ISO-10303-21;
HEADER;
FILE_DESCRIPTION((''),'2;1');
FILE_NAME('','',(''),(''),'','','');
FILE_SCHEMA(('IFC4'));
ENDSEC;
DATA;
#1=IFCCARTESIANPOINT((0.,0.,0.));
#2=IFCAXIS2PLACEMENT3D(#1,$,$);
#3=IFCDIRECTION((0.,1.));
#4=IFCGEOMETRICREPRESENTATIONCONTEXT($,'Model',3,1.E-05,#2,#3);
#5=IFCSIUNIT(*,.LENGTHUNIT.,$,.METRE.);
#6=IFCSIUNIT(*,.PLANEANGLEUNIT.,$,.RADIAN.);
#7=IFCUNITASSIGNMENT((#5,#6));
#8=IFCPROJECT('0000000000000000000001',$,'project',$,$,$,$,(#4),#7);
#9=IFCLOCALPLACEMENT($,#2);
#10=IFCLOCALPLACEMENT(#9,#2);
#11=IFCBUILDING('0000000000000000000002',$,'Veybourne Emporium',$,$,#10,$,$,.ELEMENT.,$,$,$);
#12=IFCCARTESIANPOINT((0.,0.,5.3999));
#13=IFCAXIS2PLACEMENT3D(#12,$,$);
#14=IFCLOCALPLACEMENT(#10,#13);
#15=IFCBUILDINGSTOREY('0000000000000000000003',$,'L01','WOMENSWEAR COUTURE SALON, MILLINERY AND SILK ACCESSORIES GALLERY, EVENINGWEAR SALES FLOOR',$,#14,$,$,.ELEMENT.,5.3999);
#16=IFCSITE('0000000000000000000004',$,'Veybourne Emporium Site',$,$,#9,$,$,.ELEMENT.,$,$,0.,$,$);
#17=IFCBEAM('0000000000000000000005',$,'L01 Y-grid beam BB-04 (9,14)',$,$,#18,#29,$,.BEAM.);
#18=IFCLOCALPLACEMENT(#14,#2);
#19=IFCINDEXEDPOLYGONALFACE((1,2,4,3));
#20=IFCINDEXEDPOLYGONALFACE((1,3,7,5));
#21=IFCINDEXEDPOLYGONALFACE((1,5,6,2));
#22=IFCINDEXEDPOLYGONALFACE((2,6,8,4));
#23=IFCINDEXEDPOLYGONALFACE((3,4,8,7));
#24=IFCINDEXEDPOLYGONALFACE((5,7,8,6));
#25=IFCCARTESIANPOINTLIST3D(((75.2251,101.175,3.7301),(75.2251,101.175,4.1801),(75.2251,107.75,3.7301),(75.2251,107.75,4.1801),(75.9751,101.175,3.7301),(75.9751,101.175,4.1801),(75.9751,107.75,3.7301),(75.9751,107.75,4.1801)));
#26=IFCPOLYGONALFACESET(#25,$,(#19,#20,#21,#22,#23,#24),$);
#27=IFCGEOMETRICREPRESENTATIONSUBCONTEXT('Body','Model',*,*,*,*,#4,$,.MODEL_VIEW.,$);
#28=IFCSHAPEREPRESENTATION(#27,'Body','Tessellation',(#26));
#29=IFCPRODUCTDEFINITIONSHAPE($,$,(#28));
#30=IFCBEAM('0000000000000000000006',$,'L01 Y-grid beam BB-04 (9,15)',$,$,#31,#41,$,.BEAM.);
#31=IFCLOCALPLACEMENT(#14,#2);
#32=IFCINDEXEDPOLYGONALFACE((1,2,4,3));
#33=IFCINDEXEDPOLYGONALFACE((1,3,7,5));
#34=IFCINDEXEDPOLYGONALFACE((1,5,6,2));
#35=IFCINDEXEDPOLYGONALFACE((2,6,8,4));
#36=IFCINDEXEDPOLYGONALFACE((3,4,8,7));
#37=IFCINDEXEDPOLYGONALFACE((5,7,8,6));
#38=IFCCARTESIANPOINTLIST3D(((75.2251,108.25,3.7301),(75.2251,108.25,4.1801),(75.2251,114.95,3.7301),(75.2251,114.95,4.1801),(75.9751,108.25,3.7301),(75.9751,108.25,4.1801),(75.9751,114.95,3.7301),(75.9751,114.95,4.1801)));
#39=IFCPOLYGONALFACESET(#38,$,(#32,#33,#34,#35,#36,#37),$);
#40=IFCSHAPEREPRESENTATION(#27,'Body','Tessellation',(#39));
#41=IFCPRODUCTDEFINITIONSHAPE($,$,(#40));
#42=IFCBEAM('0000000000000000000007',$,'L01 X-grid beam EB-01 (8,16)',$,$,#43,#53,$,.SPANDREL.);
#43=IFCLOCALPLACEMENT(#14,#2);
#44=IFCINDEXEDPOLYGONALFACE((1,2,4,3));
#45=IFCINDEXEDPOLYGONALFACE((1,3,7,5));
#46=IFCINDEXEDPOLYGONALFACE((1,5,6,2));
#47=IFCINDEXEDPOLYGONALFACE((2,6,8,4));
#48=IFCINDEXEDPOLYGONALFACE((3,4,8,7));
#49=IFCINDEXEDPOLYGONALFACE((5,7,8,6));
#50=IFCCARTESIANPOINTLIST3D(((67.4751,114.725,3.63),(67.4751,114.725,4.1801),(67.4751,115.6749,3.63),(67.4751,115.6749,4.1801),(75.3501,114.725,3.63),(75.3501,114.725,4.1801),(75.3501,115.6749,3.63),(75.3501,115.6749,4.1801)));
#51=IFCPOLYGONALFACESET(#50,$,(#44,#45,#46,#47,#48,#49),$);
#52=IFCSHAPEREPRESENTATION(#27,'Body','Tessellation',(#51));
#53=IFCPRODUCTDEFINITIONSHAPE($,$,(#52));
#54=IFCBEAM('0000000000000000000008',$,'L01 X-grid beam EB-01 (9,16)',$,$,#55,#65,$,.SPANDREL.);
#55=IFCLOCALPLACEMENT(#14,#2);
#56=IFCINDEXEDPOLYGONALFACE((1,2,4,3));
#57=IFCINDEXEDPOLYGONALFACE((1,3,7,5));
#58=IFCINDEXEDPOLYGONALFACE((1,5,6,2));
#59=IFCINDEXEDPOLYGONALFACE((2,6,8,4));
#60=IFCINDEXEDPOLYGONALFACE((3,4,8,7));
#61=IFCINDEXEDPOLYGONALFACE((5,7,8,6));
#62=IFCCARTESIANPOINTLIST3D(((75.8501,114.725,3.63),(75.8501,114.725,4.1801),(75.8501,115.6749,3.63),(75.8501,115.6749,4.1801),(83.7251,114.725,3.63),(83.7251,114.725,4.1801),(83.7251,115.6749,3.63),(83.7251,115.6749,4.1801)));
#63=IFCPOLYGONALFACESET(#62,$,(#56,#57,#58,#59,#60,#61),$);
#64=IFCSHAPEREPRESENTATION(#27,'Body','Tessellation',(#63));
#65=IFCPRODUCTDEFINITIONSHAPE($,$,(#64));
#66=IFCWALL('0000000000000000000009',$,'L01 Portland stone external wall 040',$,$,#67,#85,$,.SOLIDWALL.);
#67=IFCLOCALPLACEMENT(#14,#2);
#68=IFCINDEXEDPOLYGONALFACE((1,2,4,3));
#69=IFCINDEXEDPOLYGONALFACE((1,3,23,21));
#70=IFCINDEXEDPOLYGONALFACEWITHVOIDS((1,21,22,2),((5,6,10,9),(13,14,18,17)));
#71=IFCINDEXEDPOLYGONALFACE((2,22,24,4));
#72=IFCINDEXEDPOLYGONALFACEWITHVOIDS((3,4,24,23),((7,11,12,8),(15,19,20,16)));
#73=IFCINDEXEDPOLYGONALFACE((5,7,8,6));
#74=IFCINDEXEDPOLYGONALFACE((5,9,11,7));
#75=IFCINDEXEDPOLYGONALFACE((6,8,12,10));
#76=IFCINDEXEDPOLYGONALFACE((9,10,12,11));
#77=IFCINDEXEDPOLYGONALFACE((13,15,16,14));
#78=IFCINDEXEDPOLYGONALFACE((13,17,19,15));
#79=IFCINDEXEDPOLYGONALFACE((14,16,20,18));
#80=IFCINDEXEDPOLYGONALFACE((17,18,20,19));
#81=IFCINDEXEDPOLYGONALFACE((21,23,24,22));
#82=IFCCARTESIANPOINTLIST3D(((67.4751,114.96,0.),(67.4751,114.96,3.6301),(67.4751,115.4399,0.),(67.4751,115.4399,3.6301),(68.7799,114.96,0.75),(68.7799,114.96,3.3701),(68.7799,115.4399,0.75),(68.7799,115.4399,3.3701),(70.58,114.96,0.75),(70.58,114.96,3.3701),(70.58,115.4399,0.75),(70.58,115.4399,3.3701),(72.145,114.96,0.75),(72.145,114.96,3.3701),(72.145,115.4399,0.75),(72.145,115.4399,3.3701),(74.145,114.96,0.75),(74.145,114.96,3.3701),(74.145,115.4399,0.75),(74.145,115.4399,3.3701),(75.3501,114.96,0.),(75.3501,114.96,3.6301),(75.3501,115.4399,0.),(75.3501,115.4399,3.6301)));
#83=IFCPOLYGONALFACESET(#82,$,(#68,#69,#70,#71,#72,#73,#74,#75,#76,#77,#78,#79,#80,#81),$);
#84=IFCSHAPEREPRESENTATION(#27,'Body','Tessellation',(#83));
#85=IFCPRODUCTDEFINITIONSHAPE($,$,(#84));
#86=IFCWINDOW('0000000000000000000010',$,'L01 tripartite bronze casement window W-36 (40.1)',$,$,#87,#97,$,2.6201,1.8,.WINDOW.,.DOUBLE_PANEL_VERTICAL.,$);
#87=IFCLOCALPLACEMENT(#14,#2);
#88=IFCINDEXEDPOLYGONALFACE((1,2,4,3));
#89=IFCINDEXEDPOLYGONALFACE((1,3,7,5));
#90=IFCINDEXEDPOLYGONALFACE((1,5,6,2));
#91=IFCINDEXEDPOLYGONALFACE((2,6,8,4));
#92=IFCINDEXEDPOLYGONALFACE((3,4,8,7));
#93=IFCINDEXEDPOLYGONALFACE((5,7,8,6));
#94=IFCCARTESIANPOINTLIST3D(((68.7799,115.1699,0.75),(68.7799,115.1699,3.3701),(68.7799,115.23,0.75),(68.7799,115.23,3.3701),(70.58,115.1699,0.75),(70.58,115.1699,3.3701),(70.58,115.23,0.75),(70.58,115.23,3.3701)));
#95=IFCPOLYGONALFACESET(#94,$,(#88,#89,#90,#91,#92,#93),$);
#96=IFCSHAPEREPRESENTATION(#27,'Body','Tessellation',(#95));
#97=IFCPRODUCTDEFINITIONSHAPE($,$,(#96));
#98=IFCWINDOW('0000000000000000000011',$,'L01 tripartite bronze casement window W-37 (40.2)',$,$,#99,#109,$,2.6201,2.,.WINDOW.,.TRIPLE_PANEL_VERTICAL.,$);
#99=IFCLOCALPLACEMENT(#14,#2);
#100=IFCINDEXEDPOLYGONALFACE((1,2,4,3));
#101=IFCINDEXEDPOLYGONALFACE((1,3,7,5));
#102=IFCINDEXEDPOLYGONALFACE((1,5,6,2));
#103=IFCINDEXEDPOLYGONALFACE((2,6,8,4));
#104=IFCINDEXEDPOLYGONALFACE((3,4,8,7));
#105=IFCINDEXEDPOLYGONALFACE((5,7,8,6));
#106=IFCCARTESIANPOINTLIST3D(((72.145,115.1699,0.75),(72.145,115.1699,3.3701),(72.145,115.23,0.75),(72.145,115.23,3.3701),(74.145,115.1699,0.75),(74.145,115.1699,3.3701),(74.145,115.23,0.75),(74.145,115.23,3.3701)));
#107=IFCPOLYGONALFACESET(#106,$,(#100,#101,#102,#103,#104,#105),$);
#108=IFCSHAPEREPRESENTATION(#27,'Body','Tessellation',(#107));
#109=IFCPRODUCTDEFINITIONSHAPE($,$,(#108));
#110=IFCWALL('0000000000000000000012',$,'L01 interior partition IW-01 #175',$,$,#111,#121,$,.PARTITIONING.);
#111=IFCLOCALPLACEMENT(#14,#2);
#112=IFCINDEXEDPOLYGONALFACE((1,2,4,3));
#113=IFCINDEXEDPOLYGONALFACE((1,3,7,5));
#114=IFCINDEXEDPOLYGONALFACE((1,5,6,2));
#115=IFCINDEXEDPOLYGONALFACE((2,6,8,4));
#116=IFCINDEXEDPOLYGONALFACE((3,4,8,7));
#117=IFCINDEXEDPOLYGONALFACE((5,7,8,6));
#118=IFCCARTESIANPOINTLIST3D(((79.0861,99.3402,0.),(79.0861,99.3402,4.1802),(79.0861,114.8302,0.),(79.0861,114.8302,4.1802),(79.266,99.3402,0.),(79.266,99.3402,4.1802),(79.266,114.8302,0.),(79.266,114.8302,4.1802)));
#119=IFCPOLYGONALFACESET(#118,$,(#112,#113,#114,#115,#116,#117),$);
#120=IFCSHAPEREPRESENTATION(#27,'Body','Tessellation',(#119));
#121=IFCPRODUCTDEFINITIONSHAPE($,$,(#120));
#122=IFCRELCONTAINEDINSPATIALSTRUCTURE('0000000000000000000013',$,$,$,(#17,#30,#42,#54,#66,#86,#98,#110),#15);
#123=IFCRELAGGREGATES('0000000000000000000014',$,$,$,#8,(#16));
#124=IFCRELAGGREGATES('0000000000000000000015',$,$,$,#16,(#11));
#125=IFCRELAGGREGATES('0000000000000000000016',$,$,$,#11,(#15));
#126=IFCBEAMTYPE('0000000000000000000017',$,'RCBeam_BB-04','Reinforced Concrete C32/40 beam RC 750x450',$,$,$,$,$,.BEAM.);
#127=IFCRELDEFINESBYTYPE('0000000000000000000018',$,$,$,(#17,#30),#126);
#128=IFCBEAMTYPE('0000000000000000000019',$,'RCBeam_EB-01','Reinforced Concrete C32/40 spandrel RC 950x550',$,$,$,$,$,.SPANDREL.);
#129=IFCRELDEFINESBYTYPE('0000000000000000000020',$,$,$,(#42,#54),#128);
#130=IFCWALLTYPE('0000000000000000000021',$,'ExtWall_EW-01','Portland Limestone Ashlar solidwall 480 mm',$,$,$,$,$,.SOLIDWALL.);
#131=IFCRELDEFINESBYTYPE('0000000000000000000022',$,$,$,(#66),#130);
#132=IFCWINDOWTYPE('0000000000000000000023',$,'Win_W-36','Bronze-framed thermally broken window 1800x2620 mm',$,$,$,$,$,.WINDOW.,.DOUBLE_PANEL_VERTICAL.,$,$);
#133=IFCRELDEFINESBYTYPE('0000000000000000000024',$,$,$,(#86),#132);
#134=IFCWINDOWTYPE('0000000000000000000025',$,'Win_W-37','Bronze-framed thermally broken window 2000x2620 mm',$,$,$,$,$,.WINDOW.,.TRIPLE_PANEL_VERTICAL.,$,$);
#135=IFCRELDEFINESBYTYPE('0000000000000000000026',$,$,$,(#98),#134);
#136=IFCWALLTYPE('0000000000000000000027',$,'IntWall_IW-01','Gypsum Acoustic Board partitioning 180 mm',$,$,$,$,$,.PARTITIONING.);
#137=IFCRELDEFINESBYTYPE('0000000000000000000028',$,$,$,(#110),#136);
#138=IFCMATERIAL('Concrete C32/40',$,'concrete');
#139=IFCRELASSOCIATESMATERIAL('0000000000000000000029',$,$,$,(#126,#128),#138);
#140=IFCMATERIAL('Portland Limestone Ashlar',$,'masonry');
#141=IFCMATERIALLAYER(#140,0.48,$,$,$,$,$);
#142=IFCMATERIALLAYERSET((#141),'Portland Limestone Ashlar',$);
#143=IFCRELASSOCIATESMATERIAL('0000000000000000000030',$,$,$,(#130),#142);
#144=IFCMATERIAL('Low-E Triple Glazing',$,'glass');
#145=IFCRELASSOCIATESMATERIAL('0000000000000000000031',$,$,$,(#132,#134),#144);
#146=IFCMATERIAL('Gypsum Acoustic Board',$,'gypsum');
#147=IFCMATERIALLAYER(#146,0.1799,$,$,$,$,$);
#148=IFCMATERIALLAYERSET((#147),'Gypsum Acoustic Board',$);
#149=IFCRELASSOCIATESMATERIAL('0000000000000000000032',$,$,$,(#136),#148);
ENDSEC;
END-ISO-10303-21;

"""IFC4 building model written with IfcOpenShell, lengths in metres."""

from ifc_helpers import new_model, si_unit, direction, frame, frame_2d, origin, origin_2d, place, context, subcontext, project, spatial, rectangle, extrude, material, layer, layer_set, material_profile, profile_set, type_object, element, fill, save


model = new_model("IFC4")

# Units and contexts
model_context = context("Model", 3, precision=1e-05, world=origin(), true_north=direction((0.0, 1.0)))
body_context = subcontext(model_context, "Body", "Model", "MODEL_VIEW")
ifc_project = project(units=[si_unit("LENGTHUNIT", "METRE"), si_unit("PLANEANGLEUNIT", "RADIAN")], contexts=[model_context])

# Site, building, storey
site_placement = place(None, origin())
site = spatial("IfcSite", under=ifc_project, at=site_placement, Name="Veybourne Emporium Site", CompositionType="ELEMENT", RefElevation=0.0)
building_placement = place(site_placement, origin())
building = spatial("IfcBuilding", under=site, at=building_placement, Name="Veybourne Emporium", CompositionType="ELEMENT")
storey_placement = place(building_placement, frame((0.0, 0.0, 5.3999)))
storey = spatial("IfcBuildingStorey", under=building, at=storey_placement, Name="L01", Description="WOMENSWEAR COUTURE SALON, MILLINERY AND SILK ACCESSORIES GALLERY, EVENINGWEAR SALES FLOOR", CompositionType="ELEMENT", Elevation=5.3999)

# Beams
ifc_material_1 = material(Name="Concrete C32/40", Category="concrete")
ifc_material_profile_1 = material_profile(ifc_material_1, rectangle(XDim=0.75, YDim=0.45, at=origin_2d()), Name="RC 750x450")
ifc_profile_set_1 = profile_set([ifc_material_profile_1], Name="Concrete C32/40")
beam_type_1 = type_object("IfcBeamType", Name="RCBeam_BB-04", Description="Reinforced Concrete C32/40 beam RC 750x450", PredefinedType="BEAM", material=ifc_profile_set_1)
beam_1_placement = place(storey_placement, frame((75.6001, 101.175, 3.9551), z_axis=(0.0, 1.0, 0.0), x_axis=(-1.0, 0.0, 0.0)))
element("IfcBeam", 1, at=beam_1_placement, inside=storey, type_object=beam_type_1, Name="L01 Y-grid beam BB-04 (9,14)", PredefinedType="BEAM", context=body_context, shape_type="SweptSolid", body=[
    extrude(rectangle(XDim=0.75, YDim=0.45, at=origin_2d()), origin(), (0.0, 0.0, 1.0), 6.575),
])
beam_2_placement = place(storey_placement, frame((75.6001, 108.25, 3.9551), z_axis=(0.0, 1.0, 0.0), x_axis=(-1.0, 0.0, 0.0)))
element("IfcBeam", 2, at=beam_2_placement, inside=storey, type_object=beam_type_1, Name="L01 Y-grid beam BB-04 (9,15)", PredefinedType="BEAM", context=body_context, shape_type="SweptSolid", body=[
    extrude(rectangle(XDim=0.75, YDim=0.45, at=origin_2d()), origin(), (0.0, 0.0, 1.0), 6.7),
])
ifc_material_profile_2 = material_profile(ifc_material_1, rectangle(XDim=0.95, YDim=0.55, at=origin_2d()), Name="RC 950x550")
ifc_profile_set_2 = profile_set([ifc_material_profile_2], Name="Concrete C32/40")
beam_type_2 = type_object("IfcBeamType", Name="RCBeam_EB-01", Description="Reinforced Concrete C32/40 spandrel RC 950x550", PredefinedType="SPANDREL", material=ifc_profile_set_2)
for number, where, z_axis, x_axis, name in (
    (3, (67.4751, 115.2, 3.905), (1.0, 0.0, 0.0), (0.0, 1.0, 0.0), "L01 X-grid beam EB-01 (8,16)"),
    (4, (75.8501, 115.2, 3.905), (1.0, 0.0, 0.0), (0.0, 1.0, 0.0), "L01 X-grid beam EB-01 (9,16)"),
):
    element("IfcBeam", number, at=place(storey_placement, frame(where, z_axis=z_axis, x_axis=x_axis)), inside=storey, type_object=beam_type_2, Name=name, PredefinedType="SPANDREL", context=body_context, shape_type="SweptSolid", body=[
        extrude(rectangle(XDim=0.95, YDim=0.55, at=origin_2d()), origin(), (0.0, 0.0, 1.0), 7.875),
    ])

# Wall, openings, windows
ifc_material_2 = material(Name="Portland Limestone Ashlar", Category="masonry")
ifc_layer_1 = layer(ifc_material_2, 0.48)
ifc_layer_set_1 = layer_set([ifc_layer_1], Name="Portland Limestone Ashlar")
wall_type_1 = type_object("IfcWallType", Name="ExtWall_EW-01", Description="Portland Limestone Ashlar solidwall 480 mm", PredefinedType="SOLIDWALL", material=ifc_layer_set_1)
wall_1_placement = place(storey_placement, frame((67.4751, 115.2, 0.0), z_axis=(0.0, 0.0, 1.0), x_axis=(1.0, 0.0, 0.0)))
wall_1 = element("IfcWall", 5, at=wall_1_placement, inside=storey, type_object=wall_type_1, Name="L01 Portland stone external wall 040", PredefinedType="SOLIDWALL", context=body_context, shape_type="SweptSolid", body=[
    extrude(rectangle(XDim=7.875, YDim=0.48, at=frame_2d((3.9375, 0.0))), origin(), (0.0, 0.0, 1.0), 3.6301),
])
opening_1_placement = place(wall_1_placement, frame((1.3049, 0.0, 0.75)))
opening_1 = element("IfcOpeningElement", 6, at=opening_1_placement, cuts=wall_1, PredefinedType="OPENING", context=body_context, shape_type="SweptSolid", body=[
    extrude(rectangle(XDim=1.8, YDim=2.6201, at=frame_2d((0.8999, 1.3101))), frame((0.0, 0.26, 0.0), z_axis=(0.0, -1.0, 0.0), x_axis=(1.0, 0.0, 0.0)), (0.0, 0.0, 1.0), 0.52),
])
opening_2_placement = place(wall_1_placement, frame((4.6699, 0.0, 0.75)))
opening_2 = element("IfcOpeningElement", 7, at=opening_2_placement, cuts=wall_1, PredefinedType="OPENING", context=body_context, shape_type="SweptSolid", body=[
    extrude(rectangle(XDim=2.0, YDim=2.6201, at=frame_2d((1.0, 1.3101))), frame((0.0, 0.26, 0.0), z_axis=(0.0, -1.0, 0.0), x_axis=(1.0, 0.0, 0.0)), (0.0, 0.0, 1.0), 0.52),
])
ifc_material_3 = material(Name="Low-E Triple Glazing", Category="glass")
window_type_1 = type_object("IfcWindowType", Name="Win_W-36", Description="Bronze-framed thermally broken window 1800x2620 mm", PartitioningType="DOUBLE_PANEL_VERTICAL", PredefinedType="WINDOW", material=ifc_material_3)
window_1_placement = place(opening_1_placement, origin())
window_1 = element("IfcWindow", 8, at=window_1_placement, inside=storey, type_object=window_type_1, Name="L01 tripartite bronze casement window W-36 (40.1)", OverallHeight=2.6201, OverallWidth=1.8, PartitioningType="DOUBLE_PANEL_VERTICAL", PredefinedType="WINDOW", context=body_context, shape_type="SweptSolid", body=[
    extrude(rectangle(XDim=1.8, YDim=2.6201, at=frame_2d((0.8999, 1.3101))), frame((0.0, 0.03, 0.0), z_axis=(0.0, -1.0, 0.0), x_axis=(1.0, 0.0, 0.0)), (0.0, 0.0, 1.0), 0.0601),
])
fill(opening_1, window_1)
window_type_2 = type_object("IfcWindowType", Name="Win_W-37", Description="Bronze-framed thermally broken window 2000x2620 mm", PartitioningType="TRIPLE_PANEL_VERTICAL", PredefinedType="WINDOW", material=ifc_material_3)
window_2_placement = place(opening_2_placement, origin())
window_2 = element("IfcWindow", 9, at=window_2_placement, inside=storey, type_object=window_type_2, Name="L01 tripartite bronze casement window W-37 (40.2)", OverallHeight=2.6201, OverallWidth=2.0, PartitioningType="TRIPLE_PANEL_VERTICAL", PredefinedType="WINDOW", context=body_context, shape_type="SweptSolid", body=[
    extrude(rectangle(XDim=2.0, YDim=2.6201, at=frame_2d((1.0, 1.3101))), frame((0.0, 0.03, 0.0), z_axis=(0.0, -1.0, 0.0), x_axis=(1.0, 0.0, 0.0)), (0.0, 0.0, 1.0), 0.0601),
])
fill(opening_2, window_2)

# Wall
ifc_material_4 = material(Name="Gypsum Acoustic Board", Category="gypsum")
ifc_layer_2 = layer(ifc_material_4, 0.1799)
ifc_layer_set_2 = layer_set([ifc_layer_2], Name="Gypsum Acoustic Board")
wall_type_2 = type_object("IfcWallType", Name="IntWall_IW-01", Description="Gypsum Acoustic Board partitioning 180 mm", PredefinedType="PARTITIONING", material=ifc_layer_set_2)
wall_2_placement = place(storey_placement, frame((79.176, 99.3401, 0.0), z_axis=(0.0, 0.0, 1.0), x_axis=(0.0, 1.0, 0.0)))
element("IfcWall", 10, at=wall_2_placement, inside=storey, type_object=wall_type_2, Name="L01 interior partition IW-01 #175", PredefinedType="PARTITIONING", context=body_context, shape_type="SweptSolid", body=[
    extrude(rectangle(XDim=15.49, YDim=0.1799, at=frame_2d((7.7451, 0.0))), origin(), (0.0, 0.0, 1.0), 4.1802),
])

save(model, "model.ifc")
